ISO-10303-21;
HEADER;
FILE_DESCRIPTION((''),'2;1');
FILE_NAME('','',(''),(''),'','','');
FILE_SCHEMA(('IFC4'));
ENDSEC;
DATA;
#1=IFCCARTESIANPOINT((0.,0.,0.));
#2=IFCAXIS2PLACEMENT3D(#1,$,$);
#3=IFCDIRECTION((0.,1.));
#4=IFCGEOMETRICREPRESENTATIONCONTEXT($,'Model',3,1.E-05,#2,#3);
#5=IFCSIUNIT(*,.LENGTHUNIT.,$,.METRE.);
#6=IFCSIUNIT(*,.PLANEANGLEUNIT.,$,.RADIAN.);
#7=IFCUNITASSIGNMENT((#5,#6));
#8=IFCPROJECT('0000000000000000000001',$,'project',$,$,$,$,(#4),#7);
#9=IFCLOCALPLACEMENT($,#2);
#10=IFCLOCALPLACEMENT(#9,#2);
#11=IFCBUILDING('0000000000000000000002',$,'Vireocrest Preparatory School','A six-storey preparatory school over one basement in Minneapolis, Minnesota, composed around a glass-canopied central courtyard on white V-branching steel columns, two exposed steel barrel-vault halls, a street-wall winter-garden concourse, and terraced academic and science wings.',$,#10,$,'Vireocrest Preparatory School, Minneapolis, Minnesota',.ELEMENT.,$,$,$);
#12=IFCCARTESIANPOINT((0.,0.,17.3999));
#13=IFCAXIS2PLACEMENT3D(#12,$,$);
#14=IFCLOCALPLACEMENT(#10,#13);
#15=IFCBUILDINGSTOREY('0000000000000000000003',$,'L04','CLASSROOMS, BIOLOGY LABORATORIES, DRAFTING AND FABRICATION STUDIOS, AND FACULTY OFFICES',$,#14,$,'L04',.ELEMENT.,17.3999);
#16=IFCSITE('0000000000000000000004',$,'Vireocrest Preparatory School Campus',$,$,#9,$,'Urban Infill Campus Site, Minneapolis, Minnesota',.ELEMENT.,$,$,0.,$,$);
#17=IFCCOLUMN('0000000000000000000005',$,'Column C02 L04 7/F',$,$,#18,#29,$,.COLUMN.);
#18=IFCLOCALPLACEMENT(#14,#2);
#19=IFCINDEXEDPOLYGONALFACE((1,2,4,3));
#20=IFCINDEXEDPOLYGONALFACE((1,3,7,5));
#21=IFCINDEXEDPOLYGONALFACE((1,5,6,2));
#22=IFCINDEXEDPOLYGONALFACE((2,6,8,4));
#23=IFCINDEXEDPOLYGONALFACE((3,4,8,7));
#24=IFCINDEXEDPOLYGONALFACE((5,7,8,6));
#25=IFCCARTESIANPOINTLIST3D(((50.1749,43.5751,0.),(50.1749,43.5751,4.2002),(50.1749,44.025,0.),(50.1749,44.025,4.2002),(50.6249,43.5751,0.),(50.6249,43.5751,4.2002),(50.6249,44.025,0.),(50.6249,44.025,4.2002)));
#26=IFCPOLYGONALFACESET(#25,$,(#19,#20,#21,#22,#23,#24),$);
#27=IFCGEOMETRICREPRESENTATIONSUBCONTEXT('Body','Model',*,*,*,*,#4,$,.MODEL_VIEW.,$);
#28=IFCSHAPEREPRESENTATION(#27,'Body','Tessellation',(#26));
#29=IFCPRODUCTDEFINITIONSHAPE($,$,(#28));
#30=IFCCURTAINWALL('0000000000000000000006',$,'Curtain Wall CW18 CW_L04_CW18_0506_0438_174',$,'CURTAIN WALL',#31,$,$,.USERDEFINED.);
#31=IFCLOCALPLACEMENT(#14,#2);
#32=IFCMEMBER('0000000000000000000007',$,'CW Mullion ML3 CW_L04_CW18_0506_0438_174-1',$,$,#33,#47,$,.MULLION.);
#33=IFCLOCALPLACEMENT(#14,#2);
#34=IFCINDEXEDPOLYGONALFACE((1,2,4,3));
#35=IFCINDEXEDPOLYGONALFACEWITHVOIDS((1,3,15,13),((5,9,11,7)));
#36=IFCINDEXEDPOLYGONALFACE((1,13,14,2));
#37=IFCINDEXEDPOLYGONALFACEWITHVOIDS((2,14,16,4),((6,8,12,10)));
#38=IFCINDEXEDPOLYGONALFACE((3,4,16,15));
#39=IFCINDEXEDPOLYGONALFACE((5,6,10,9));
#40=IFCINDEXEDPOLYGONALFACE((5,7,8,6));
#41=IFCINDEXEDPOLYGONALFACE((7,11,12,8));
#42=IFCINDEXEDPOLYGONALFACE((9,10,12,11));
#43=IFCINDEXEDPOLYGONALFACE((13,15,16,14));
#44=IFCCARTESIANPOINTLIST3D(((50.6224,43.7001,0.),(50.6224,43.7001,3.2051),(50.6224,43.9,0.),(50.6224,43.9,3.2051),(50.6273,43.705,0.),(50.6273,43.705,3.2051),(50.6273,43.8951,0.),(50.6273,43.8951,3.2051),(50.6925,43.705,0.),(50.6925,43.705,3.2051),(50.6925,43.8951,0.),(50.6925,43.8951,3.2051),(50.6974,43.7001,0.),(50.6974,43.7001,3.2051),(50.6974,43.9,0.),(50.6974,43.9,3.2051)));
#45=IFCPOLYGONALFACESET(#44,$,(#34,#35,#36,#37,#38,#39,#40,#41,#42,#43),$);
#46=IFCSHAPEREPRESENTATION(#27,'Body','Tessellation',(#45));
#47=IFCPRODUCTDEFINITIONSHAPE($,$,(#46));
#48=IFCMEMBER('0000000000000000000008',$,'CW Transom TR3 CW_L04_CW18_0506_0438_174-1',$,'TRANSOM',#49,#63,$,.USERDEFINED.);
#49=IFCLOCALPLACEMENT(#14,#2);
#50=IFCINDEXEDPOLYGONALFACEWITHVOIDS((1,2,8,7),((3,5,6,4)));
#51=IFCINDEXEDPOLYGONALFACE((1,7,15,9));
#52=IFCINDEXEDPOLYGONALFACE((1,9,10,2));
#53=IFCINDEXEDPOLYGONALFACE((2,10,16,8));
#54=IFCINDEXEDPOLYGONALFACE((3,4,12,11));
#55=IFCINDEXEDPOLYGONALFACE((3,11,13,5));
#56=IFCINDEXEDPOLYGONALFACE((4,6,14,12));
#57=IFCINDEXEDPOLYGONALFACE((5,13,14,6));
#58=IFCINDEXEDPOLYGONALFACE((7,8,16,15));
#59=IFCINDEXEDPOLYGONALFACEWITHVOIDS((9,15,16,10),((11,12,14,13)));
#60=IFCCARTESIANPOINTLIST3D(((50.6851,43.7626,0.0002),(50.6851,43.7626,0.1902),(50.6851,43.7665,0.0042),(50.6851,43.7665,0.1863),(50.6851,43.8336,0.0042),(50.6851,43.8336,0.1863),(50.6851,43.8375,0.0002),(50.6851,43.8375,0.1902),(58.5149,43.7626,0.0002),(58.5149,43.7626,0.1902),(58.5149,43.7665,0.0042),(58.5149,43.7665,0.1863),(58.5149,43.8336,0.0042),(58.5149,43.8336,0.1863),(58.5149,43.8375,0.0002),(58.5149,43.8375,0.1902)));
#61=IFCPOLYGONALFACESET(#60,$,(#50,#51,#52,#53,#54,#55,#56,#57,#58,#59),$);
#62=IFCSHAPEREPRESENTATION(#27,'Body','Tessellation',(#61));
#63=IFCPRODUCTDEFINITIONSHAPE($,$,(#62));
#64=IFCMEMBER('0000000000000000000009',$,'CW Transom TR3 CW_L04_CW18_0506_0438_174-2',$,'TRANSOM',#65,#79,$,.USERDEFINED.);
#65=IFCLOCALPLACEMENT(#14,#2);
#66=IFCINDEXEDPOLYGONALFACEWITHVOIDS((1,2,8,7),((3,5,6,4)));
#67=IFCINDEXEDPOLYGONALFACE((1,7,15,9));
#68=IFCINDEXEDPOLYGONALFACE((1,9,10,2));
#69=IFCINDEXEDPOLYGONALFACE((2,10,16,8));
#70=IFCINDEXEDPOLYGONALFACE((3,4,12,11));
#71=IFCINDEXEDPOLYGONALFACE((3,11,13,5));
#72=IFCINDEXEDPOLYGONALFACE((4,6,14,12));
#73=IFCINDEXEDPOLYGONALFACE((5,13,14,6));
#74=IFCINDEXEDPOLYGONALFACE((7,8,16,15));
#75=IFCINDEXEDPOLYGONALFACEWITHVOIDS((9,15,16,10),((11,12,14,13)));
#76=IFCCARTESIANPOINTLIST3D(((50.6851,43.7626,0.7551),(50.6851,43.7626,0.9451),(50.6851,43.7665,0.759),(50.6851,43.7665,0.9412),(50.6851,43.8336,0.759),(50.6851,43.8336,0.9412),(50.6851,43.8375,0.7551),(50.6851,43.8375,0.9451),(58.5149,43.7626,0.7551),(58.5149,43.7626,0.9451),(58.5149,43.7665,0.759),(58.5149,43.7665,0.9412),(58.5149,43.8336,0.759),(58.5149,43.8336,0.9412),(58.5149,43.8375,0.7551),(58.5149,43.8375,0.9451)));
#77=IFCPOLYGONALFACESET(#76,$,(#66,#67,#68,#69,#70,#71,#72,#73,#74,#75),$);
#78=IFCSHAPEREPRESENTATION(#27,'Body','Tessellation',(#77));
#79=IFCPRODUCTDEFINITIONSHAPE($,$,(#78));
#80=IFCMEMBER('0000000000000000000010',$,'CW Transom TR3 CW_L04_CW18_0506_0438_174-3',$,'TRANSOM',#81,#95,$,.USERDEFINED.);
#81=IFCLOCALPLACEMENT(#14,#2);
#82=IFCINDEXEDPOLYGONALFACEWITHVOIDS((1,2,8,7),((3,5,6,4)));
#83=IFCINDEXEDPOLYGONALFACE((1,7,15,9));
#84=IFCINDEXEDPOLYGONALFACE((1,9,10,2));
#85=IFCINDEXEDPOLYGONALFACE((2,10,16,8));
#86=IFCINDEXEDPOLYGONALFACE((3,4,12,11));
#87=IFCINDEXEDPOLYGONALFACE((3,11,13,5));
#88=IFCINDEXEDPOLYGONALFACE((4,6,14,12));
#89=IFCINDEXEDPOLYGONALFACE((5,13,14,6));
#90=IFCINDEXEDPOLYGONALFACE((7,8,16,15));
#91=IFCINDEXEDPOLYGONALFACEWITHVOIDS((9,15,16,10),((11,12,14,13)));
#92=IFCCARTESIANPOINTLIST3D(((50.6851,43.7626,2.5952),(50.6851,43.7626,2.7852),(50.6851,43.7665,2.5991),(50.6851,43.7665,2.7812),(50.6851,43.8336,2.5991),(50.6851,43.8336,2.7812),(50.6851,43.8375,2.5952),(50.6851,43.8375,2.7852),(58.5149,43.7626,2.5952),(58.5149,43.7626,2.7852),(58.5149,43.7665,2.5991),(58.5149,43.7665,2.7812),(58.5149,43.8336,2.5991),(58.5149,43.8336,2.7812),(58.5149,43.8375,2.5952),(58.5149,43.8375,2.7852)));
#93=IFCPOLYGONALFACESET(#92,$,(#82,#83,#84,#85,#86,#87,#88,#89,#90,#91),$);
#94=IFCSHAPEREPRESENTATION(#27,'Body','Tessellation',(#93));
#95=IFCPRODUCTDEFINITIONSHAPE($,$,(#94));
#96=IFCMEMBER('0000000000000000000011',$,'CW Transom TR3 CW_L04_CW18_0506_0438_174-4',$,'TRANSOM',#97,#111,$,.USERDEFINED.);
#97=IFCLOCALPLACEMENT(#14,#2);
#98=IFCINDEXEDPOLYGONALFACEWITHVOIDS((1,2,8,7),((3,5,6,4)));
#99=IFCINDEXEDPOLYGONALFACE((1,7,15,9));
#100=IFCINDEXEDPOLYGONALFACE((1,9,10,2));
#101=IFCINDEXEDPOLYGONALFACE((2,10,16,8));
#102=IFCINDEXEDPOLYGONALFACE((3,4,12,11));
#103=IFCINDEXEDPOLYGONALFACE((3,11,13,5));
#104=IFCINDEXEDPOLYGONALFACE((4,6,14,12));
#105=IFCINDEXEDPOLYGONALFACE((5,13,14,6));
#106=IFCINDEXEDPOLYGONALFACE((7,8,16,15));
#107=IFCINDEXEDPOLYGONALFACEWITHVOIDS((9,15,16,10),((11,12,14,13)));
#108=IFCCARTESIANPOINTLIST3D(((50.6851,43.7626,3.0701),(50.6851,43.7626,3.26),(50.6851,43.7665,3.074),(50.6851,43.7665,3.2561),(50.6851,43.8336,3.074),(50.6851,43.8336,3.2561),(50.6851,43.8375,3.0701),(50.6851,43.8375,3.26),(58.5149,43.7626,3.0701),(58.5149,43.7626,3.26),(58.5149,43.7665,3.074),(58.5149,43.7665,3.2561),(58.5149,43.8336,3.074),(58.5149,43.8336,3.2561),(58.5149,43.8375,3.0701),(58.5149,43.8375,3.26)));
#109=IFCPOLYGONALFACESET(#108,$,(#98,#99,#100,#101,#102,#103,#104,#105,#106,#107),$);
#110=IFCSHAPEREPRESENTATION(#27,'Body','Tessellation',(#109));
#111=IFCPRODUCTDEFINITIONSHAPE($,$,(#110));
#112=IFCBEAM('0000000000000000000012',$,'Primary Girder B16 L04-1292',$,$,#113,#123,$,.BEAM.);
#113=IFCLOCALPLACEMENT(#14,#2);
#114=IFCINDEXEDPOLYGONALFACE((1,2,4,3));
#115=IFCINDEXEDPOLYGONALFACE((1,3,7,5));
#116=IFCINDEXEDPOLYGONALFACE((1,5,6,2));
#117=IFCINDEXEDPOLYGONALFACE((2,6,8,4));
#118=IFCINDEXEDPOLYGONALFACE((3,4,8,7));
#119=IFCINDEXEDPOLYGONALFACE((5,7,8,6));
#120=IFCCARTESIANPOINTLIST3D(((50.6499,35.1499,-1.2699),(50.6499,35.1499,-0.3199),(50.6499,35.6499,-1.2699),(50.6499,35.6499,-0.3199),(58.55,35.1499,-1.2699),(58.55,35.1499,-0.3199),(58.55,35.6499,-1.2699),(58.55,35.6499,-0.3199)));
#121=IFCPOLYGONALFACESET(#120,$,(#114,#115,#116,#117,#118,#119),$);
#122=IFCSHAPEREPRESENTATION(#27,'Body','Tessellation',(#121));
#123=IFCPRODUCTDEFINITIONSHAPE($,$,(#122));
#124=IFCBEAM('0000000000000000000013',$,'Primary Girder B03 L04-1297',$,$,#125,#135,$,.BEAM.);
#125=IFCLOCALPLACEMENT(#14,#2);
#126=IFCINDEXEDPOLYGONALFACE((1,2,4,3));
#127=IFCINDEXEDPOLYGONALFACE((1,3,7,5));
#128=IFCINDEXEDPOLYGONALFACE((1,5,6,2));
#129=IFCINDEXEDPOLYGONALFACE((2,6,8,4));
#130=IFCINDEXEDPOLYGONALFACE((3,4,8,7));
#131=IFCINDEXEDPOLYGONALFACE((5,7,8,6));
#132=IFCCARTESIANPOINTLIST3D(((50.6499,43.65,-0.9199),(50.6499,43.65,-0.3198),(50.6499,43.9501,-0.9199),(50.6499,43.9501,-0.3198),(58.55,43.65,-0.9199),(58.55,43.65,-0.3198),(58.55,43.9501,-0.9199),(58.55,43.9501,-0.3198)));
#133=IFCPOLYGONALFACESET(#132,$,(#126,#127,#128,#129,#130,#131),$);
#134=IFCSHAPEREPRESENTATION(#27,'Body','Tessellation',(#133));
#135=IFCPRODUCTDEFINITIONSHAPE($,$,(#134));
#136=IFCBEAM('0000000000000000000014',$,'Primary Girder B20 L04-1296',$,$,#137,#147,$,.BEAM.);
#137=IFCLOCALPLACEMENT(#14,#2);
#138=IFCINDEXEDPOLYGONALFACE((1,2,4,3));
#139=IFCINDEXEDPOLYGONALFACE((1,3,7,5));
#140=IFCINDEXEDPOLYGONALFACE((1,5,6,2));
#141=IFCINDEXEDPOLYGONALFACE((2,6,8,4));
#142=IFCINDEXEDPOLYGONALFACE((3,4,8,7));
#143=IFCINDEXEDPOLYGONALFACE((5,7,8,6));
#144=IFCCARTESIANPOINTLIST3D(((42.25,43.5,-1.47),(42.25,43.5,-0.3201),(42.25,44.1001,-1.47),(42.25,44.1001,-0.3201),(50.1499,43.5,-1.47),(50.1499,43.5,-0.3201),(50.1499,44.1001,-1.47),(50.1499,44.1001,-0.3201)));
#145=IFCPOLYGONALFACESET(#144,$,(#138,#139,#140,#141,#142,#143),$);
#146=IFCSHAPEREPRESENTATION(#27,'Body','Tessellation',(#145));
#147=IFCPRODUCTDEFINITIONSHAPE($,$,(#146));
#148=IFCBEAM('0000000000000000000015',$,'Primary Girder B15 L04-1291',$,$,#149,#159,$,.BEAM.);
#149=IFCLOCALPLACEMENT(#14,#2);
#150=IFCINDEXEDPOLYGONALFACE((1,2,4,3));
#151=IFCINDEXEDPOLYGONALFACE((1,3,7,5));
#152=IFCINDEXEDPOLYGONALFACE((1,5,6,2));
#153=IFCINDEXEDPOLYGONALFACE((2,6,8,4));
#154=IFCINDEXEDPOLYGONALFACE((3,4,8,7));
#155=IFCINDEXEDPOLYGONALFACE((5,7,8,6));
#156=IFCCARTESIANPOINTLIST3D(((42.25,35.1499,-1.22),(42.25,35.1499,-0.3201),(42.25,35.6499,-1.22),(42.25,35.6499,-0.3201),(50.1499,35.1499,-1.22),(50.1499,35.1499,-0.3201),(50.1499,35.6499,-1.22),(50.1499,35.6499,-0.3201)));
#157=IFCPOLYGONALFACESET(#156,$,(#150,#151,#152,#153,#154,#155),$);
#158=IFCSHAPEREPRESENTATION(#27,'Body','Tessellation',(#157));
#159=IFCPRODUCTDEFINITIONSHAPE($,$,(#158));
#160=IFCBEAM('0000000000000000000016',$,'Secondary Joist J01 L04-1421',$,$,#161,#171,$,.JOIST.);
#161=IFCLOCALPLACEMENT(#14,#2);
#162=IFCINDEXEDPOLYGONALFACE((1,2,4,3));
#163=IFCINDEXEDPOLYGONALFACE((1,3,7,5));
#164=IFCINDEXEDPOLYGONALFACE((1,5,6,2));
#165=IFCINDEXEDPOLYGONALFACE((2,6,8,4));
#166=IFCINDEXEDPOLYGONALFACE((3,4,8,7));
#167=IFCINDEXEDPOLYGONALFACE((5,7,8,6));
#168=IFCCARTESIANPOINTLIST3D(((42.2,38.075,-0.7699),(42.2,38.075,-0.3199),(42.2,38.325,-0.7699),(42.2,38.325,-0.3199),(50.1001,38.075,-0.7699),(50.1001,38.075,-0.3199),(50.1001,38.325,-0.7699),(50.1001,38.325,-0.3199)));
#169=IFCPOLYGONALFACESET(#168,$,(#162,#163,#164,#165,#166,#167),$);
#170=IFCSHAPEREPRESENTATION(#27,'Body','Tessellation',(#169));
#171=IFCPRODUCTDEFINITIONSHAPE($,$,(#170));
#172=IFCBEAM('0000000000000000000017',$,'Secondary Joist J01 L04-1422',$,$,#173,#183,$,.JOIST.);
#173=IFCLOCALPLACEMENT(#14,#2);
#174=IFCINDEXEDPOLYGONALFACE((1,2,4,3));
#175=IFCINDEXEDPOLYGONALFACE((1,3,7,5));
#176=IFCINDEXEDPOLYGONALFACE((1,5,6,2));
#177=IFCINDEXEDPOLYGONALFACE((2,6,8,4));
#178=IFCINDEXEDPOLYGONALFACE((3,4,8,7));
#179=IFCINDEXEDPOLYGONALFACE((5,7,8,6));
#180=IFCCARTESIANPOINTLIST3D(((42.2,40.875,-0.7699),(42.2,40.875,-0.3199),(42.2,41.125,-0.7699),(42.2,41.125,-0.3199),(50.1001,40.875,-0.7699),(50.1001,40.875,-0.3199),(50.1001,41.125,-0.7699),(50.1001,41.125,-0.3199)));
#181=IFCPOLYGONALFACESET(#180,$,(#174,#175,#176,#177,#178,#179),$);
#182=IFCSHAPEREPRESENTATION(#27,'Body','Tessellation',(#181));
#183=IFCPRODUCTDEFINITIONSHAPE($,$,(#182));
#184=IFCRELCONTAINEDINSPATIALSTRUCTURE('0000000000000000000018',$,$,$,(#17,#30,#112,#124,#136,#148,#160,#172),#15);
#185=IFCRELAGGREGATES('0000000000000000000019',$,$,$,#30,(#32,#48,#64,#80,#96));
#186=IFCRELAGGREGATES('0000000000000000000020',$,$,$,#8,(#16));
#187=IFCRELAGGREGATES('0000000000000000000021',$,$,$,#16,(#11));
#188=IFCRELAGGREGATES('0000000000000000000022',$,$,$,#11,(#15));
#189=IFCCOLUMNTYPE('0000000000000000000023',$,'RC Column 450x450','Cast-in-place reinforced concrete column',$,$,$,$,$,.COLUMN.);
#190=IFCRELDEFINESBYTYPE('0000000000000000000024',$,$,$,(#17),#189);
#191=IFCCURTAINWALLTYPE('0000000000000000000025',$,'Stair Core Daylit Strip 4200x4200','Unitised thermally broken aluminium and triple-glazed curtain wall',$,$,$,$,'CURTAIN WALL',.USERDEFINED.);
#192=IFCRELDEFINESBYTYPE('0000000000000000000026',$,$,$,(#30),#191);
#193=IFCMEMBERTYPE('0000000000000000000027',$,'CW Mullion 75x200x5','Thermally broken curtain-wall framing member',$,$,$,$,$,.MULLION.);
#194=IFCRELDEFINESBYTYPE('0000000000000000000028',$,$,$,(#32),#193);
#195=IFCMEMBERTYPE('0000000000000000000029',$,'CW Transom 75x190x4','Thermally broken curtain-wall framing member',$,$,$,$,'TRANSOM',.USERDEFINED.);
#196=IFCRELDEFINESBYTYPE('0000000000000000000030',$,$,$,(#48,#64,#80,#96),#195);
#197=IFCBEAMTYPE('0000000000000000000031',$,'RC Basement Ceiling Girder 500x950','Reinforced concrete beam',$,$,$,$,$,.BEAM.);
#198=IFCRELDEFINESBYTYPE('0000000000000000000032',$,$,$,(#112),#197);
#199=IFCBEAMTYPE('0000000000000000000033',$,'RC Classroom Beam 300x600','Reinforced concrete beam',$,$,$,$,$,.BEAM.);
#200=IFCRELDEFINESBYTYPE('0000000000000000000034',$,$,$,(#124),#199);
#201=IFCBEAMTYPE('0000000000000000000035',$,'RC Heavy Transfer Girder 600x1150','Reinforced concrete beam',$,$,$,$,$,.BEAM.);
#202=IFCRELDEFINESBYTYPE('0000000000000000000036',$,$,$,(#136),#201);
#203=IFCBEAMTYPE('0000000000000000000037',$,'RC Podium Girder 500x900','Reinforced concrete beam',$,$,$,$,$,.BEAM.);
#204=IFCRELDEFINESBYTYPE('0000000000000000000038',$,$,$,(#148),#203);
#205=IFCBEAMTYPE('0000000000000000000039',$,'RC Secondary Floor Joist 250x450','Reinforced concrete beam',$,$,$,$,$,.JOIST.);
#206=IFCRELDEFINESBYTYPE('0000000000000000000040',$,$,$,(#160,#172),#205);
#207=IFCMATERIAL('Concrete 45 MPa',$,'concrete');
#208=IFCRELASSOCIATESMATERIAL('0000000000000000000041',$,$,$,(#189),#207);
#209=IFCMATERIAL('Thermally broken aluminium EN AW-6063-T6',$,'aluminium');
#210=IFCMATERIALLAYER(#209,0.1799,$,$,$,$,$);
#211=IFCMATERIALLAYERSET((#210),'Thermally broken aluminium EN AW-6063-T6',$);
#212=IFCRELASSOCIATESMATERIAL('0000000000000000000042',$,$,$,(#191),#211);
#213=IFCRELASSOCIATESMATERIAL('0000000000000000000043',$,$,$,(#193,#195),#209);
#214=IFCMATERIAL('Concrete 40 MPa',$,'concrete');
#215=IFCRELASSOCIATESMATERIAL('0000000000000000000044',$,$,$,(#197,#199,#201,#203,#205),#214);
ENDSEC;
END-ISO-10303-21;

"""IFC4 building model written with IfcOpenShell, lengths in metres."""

from ifc_helpers import new_model, si_unit, direction, frame, origin, origin_2d, place, context, subcontext, project, spatial, rectangle, hollow_rectangle, extrude, material, layer, layer_set, material_profile, profile_set, type_object, element, aggregate, save


model = new_model("IFC4")

# Units and contexts
model_context = context("Model", 3, precision=1e-05, world=origin(), true_north=direction((0.0, 1.0)))
body_context = subcontext(model_context, "Body", "Model", "MODEL_VIEW")
ifc_project = project(units=[si_unit("LENGTHUNIT", "METRE"), si_unit("PLANEANGLEUNIT", "RADIAN")], contexts=[model_context])

# Site, building, storey
site_placement = place(None, origin())
site = spatial("IfcSite", under=ifc_project, at=site_placement, Name="Vireocrest Preparatory School Campus", LongName="Urban Infill Campus Site, Minneapolis, Minnesota", CompositionType="ELEMENT", RefElevation=0.0)
building_placement = place(site_placement, origin())
building = spatial("IfcBuilding", under=site, at=building_placement, Name="Vireocrest Preparatory School", Description="A six-storey preparatory school over one basement in Minneapolis, Minnesota, composed around a glass-canopied central courtyard on white V-branching steel columns, two exposed steel barrel-vault halls, a street-wall winter-garden concourse, and terraced academic and science wings.", LongName="Vireocrest Preparatory School, Minneapolis, Minnesota", CompositionType="ELEMENT")
storey_placement = place(building_placement, frame((0.0, 0.0, 17.3999)))
storey = spatial("IfcBuildingStorey", under=building, at=storey_placement, Name="L04", Description="CLASSROOMS, BIOLOGY LABORATORIES, DRAFTING AND FABRICATION STUDIOS, AND FACULTY OFFICES", LongName="L04", CompositionType="ELEMENT", Elevation=17.3999)

# Column
ifc_material_1 = material(Name="Concrete 45 MPa", Category="concrete")
ifc_material_profile_1 = material_profile(ifc_material_1, rectangle(XDim=0.45, YDim=0.45, at=origin_2d()), Name="RC 450x450")
ifc_profile_set_1 = profile_set([ifc_material_profile_1], Name="Concrete 45 MPa")
column_type = type_object("IfcColumnType", Name="RC Column 450x450", Description="Cast-in-place reinforced concrete column", PredefinedType="COLUMN", material=ifc_profile_set_1)
column_placement = place(storey_placement, frame((50.3999, 43.8, 0.0), z_axis=(0.0, 0.0, 1.0), x_axis=(1.0, 0.0, 0.0)))
element("IfcColumn", 1, at=column_placement, inside=storey, type_object=column_type, Name="Column C02 L04 7/F", PredefinedType="COLUMN", context=body_context, shape_type="SweptSolid", body=[
    extrude(rectangle(XDim=0.45, YDim=0.45, at=origin_2d()), origin(), (0.0, 0.0, 1.0), 4.2002),
])

# Curtain wall, members
ifc_material_2 = material(Name="Thermally broken aluminium EN AW-6063-T6", Category="aluminium")
ifc_layer_1 = layer(ifc_material_2, 0.1799)
ifc_layer_set_1 = layer_set([ifc_layer_1], Name="Thermally broken aluminium EN AW-6063-T6")
curtain_wall_type = type_object("IfcCurtainWallType", Name="Stair Core Daylit Strip 4200x4200", Description="Unitised thermally broken aluminium and triple-glazed curtain wall", ElementType="CURTAIN WALL", PredefinedType="USERDEFINED", material=ifc_layer_set_1)
curtain_wall_placement = place(storey_placement, origin())
curtain_wall = element("IfcCurtainWall", 2, at=curtain_wall_placement, inside=storey, type_object=curtain_wall_type, Name="Curtain Wall CW18 CW_L04_CW18_0506_0438_174", ObjectType="CURTAIN WALL", PredefinedType="USERDEFINED")
ifc_material_profile_2 = material_profile(ifc_material_2, hollow_rectangle(XDim=0.075, YDim=0.2, WallThickness=0.0049, at=origin_2d()), Name="ALU 75x200x5")
ifc_profile_set_2 = profile_set([ifc_material_profile_2], Name="Thermally broken aluminium EN AW-6063-T6")
member_type_1 = type_object("IfcMemberType", Name="CW Mullion 75x200x5", Description="Thermally broken curtain-wall framing member", PredefinedType="MULLION", material=ifc_profile_set_2)
member_1_placement = place(storey_placement, frame((50.6599, 43.8, 0.0), z_axis=(0.0, 0.0, 1.0), x_axis=(1.0, 0.0, 0.0)))
member_1 = element("IfcMember", 3, at=member_1_placement, type_object=member_type_1, Name="CW Mullion ML3 CW_L04_CW18_0506_0438_174-1", PredefinedType="MULLION", context=body_context, shape_type="SweptSolid", body=[
    extrude(hollow_rectangle(XDim=0.075, YDim=0.2, WallThickness=0.0049, at=origin_2d()), origin(), (0.0, 0.0, 1.0), 3.2051),
])
ifc_material_profile_3 = material_profile(ifc_material_2, hollow_rectangle(XDim=0.075, YDim=0.1899, WallThickness=0.0039, at=origin_2d()), Name="ALU 75x190x4")
ifc_profile_set_3 = profile_set([ifc_material_profile_3], Name="Thermally broken aluminium EN AW-6063-T6")
member_type_2 = type_object("IfcMemberType", Name="CW Transom 75x190x4", Description="Thermally broken curtain-wall framing member", ElementType="TRANSOM", PredefinedType="USERDEFINED", material=ifc_profile_set_3)
member_2_placement = place(storey_placement, frame((50.6851, 43.8, 0.0952), z_axis=(1.0, 0.0, 0.0), x_axis=(0.0, 1.0, 0.0)))
member_2 = element("IfcMember", 4, at=member_2_placement, type_object=member_type_2, Name="CW Transom TR3 CW_L04_CW18_0506_0438_174-1", ObjectType="TRANSOM", PredefinedType="USERDEFINED", context=body_context, shape_type="SweptSolid", body=[
    extrude(hollow_rectangle(XDim=0.075, YDim=0.1899, WallThickness=0.0039, at=origin_2d()), origin(), (0.0, 0.0, 1.0), 7.8298),
])
member_3_placement = place(storey_placement, frame((50.6851, 43.8, 0.8501), z_axis=(1.0, 0.0, 0.0), x_axis=(0.0, 1.0, 0.0)))
member_3 = element("IfcMember", 5, at=member_3_placement, type_object=member_type_2, Name="CW Transom TR3 CW_L04_CW18_0506_0438_174-2", ObjectType="TRANSOM", PredefinedType="USERDEFINED", context=body_context, shape_type="SweptSolid", body=[
    extrude(hollow_rectangle(XDim=0.075, YDim=0.1899, WallThickness=0.0039, at=origin_2d()), origin(), (0.0, 0.0, 1.0), 7.8298),
])
member_4_placement = place(storey_placement, frame((50.6851, 43.8, 2.6902), z_axis=(1.0, 0.0, 0.0), x_axis=(0.0, 1.0, 0.0)))
member_4 = element("IfcMember", 6, at=member_4_placement, type_object=member_type_2, Name="CW Transom TR3 CW_L04_CW18_0506_0438_174-3", ObjectType="TRANSOM", PredefinedType="USERDEFINED", context=body_context, shape_type="SweptSolid", body=[
    extrude(hollow_rectangle(XDim=0.075, YDim=0.1899, WallThickness=0.0039, at=origin_2d()), origin(), (0.0, 0.0, 1.0), 7.8298),
])
member_5_placement = place(storey_placement, frame((50.6851, 43.8, 3.165), z_axis=(1.0, 0.0, 0.0), x_axis=(0.0, 1.0, 0.0)))
member_5 = element("IfcMember", 7, at=member_5_placement, type_object=member_type_2, Name="CW Transom TR3 CW_L04_CW18_0506_0438_174-4", ObjectType="TRANSOM", PredefinedType="USERDEFINED", context=body_context, shape_type="SweptSolid", body=[
    extrude(hollow_rectangle(XDim=0.075, YDim=0.1899, WallThickness=0.0039, at=origin_2d()), origin(), (0.0, 0.0, 1.0), 7.8298),
])
aggregate(curtain_wall, [member_1, member_2, member_3, member_4, member_5])

# Beams
ifc_material_3 = material(Name="Concrete 40 MPa", Category="concrete")
ifc_material_profile_4 = material_profile(ifc_material_3, rectangle(XDim=0.5, YDim=0.95, at=origin_2d()), Name="RC 500x950")
ifc_profile_set_4 = profile_set([ifc_material_profile_4], Name="Concrete 40 MPa")
beam_type_1 = type_object("IfcBeamType", Name="RC Basement Ceiling Girder 500x950", Description="Reinforced concrete beam", PredefinedType="BEAM", material=ifc_profile_set_4)
beam_1_placement = place(storey_placement, frame((50.6499, 35.3999, -0.7949), z_axis=(1.0, 0.0, 0.0), x_axis=(0.0, 1.0, 0.0)))
element("IfcBeam", 8, at=beam_1_placement, inside=storey, type_object=beam_type_1, Name="Primary Girder B16 L04-1292", PredefinedType="BEAM", context=body_context, shape_type="SweptSolid", body=[
    extrude(rectangle(XDim=0.5, YDim=0.95, at=origin_2d()), origin(), (0.0, 0.0, 1.0), 7.9001),
])
ifc_material_profile_5 = material_profile(ifc_material_3, rectangle(XDim=0.3, YDim=0.6001, at=origin_2d()), Name="RC 300x600")
ifc_profile_set_5 = profile_set([ifc_material_profile_5], Name="Concrete 40 MPa")
beam_type_2 = type_object("IfcBeamType", Name="RC Classroom Beam 300x600", Description="Reinforced concrete beam", PredefinedType="BEAM", material=ifc_profile_set_5)
beam_2_placement = place(storey_placement, frame((50.6499, 43.8, -0.6199), z_axis=(1.0, 0.0, 0.0), x_axis=(0.0, 1.0, 0.0)))
element("IfcBeam", 9, at=beam_2_placement, inside=storey, type_object=beam_type_2, Name="Primary Girder B03 L04-1297", PredefinedType="BEAM", context=body_context, shape_type="SweptSolid", body=[
    extrude(rectangle(XDim=0.3, YDim=0.6001, at=origin_2d()), origin(), (0.0, 0.0, 1.0), 7.9001),
])
ifc_material_profile_6 = material_profile(ifc_material_3, rectangle(XDim=0.6001, YDim=1.1499, at=origin_2d()), Name="RC 600x1150")
ifc_profile_set_6 = profile_set([ifc_material_profile_6], Name="Concrete 40 MPa")
beam_type_3 = type_object("IfcBeamType", Name="RC Heavy Transfer Girder 600x1150", Description="Reinforced concrete beam", PredefinedType="BEAM", material=ifc_profile_set_6)
beam_3_placement = place(storey_placement, frame((42.25, 43.8, -0.895), z_axis=(1.0, 0.0, 0.0), x_axis=(0.0, 1.0, 0.0)))
element("IfcBeam", 10, at=beam_3_placement, inside=storey, type_object=beam_type_3, Name="Primary Girder B20 L04-1296", PredefinedType="BEAM", context=body_context, shape_type="SweptSolid", body=[
    extrude(rectangle(XDim=0.6001, YDim=1.1499, at=origin_2d()), origin(), (0.0, 0.0, 1.0), 7.8999),
])
ifc_material_profile_7 = material_profile(ifc_material_3, rectangle(XDim=0.5, YDim=0.8999, at=origin_2d()), Name="RC 500x900")
ifc_profile_set_7 = profile_set([ifc_material_profile_7], Name="Concrete 40 MPa")
beam_type_4 = type_object("IfcBeamType", Name="RC Podium Girder 500x900", Description="Reinforced concrete beam", PredefinedType="BEAM", material=ifc_profile_set_7)
beam_4_placement = place(storey_placement, frame((42.25, 35.3999, -0.77), z_axis=(1.0, 0.0, 0.0), x_axis=(0.0, 1.0, 0.0)))
element("IfcBeam", 11, at=beam_4_placement, inside=storey, type_object=beam_type_4, Name="Primary Girder B15 L04-1291", PredefinedType="BEAM", context=body_context, shape_type="SweptSolid", body=[
    extrude(rectangle(XDim=0.5, YDim=0.8999, at=origin_2d()), origin(), (0.0, 0.0, 1.0), 7.8999),
])
ifc_material_profile_8 = material_profile(ifc_material_3, rectangle(XDim=0.25, YDim=0.45, at=origin_2d()), Name="RC 250x450")
ifc_profile_set_8 = profile_set([ifc_material_profile_8], Name="Concrete 40 MPa")
beam_type_5 = type_object("IfcBeamType", Name="RC Secondary Floor Joist 250x450", Description="Reinforced concrete beam", PredefinedType="JOIST", material=ifc_profile_set_8)
for number, where, z_axis, x_axis, name in (
    (12, (42.2, 38.2, -0.5449), (1.0, 0.0, 0.0), (0.0, 1.0, 0.0), "Secondary Joist J01 L04-1421"),
    (13, (42.2, 41.0, -0.5449), (1.0, 0.0, 0.0), (0.0, 1.0, 0.0), "Secondary Joist J01 L04-1422"),
):
    element("IfcBeam", number, at=place(storey_placement, frame(where, z_axis=z_axis, x_axis=x_axis)), inside=storey, type_object=beam_type_5, Name=name, PredefinedType="JOIST", context=body_context, shape_type="SweptSolid", body=[
        extrude(rectangle(XDim=0.25, YDim=0.45, at=origin_2d()), origin(), (0.0, 0.0, 1.0), 7.9001),
    ])

save(model, "model.ifc")
